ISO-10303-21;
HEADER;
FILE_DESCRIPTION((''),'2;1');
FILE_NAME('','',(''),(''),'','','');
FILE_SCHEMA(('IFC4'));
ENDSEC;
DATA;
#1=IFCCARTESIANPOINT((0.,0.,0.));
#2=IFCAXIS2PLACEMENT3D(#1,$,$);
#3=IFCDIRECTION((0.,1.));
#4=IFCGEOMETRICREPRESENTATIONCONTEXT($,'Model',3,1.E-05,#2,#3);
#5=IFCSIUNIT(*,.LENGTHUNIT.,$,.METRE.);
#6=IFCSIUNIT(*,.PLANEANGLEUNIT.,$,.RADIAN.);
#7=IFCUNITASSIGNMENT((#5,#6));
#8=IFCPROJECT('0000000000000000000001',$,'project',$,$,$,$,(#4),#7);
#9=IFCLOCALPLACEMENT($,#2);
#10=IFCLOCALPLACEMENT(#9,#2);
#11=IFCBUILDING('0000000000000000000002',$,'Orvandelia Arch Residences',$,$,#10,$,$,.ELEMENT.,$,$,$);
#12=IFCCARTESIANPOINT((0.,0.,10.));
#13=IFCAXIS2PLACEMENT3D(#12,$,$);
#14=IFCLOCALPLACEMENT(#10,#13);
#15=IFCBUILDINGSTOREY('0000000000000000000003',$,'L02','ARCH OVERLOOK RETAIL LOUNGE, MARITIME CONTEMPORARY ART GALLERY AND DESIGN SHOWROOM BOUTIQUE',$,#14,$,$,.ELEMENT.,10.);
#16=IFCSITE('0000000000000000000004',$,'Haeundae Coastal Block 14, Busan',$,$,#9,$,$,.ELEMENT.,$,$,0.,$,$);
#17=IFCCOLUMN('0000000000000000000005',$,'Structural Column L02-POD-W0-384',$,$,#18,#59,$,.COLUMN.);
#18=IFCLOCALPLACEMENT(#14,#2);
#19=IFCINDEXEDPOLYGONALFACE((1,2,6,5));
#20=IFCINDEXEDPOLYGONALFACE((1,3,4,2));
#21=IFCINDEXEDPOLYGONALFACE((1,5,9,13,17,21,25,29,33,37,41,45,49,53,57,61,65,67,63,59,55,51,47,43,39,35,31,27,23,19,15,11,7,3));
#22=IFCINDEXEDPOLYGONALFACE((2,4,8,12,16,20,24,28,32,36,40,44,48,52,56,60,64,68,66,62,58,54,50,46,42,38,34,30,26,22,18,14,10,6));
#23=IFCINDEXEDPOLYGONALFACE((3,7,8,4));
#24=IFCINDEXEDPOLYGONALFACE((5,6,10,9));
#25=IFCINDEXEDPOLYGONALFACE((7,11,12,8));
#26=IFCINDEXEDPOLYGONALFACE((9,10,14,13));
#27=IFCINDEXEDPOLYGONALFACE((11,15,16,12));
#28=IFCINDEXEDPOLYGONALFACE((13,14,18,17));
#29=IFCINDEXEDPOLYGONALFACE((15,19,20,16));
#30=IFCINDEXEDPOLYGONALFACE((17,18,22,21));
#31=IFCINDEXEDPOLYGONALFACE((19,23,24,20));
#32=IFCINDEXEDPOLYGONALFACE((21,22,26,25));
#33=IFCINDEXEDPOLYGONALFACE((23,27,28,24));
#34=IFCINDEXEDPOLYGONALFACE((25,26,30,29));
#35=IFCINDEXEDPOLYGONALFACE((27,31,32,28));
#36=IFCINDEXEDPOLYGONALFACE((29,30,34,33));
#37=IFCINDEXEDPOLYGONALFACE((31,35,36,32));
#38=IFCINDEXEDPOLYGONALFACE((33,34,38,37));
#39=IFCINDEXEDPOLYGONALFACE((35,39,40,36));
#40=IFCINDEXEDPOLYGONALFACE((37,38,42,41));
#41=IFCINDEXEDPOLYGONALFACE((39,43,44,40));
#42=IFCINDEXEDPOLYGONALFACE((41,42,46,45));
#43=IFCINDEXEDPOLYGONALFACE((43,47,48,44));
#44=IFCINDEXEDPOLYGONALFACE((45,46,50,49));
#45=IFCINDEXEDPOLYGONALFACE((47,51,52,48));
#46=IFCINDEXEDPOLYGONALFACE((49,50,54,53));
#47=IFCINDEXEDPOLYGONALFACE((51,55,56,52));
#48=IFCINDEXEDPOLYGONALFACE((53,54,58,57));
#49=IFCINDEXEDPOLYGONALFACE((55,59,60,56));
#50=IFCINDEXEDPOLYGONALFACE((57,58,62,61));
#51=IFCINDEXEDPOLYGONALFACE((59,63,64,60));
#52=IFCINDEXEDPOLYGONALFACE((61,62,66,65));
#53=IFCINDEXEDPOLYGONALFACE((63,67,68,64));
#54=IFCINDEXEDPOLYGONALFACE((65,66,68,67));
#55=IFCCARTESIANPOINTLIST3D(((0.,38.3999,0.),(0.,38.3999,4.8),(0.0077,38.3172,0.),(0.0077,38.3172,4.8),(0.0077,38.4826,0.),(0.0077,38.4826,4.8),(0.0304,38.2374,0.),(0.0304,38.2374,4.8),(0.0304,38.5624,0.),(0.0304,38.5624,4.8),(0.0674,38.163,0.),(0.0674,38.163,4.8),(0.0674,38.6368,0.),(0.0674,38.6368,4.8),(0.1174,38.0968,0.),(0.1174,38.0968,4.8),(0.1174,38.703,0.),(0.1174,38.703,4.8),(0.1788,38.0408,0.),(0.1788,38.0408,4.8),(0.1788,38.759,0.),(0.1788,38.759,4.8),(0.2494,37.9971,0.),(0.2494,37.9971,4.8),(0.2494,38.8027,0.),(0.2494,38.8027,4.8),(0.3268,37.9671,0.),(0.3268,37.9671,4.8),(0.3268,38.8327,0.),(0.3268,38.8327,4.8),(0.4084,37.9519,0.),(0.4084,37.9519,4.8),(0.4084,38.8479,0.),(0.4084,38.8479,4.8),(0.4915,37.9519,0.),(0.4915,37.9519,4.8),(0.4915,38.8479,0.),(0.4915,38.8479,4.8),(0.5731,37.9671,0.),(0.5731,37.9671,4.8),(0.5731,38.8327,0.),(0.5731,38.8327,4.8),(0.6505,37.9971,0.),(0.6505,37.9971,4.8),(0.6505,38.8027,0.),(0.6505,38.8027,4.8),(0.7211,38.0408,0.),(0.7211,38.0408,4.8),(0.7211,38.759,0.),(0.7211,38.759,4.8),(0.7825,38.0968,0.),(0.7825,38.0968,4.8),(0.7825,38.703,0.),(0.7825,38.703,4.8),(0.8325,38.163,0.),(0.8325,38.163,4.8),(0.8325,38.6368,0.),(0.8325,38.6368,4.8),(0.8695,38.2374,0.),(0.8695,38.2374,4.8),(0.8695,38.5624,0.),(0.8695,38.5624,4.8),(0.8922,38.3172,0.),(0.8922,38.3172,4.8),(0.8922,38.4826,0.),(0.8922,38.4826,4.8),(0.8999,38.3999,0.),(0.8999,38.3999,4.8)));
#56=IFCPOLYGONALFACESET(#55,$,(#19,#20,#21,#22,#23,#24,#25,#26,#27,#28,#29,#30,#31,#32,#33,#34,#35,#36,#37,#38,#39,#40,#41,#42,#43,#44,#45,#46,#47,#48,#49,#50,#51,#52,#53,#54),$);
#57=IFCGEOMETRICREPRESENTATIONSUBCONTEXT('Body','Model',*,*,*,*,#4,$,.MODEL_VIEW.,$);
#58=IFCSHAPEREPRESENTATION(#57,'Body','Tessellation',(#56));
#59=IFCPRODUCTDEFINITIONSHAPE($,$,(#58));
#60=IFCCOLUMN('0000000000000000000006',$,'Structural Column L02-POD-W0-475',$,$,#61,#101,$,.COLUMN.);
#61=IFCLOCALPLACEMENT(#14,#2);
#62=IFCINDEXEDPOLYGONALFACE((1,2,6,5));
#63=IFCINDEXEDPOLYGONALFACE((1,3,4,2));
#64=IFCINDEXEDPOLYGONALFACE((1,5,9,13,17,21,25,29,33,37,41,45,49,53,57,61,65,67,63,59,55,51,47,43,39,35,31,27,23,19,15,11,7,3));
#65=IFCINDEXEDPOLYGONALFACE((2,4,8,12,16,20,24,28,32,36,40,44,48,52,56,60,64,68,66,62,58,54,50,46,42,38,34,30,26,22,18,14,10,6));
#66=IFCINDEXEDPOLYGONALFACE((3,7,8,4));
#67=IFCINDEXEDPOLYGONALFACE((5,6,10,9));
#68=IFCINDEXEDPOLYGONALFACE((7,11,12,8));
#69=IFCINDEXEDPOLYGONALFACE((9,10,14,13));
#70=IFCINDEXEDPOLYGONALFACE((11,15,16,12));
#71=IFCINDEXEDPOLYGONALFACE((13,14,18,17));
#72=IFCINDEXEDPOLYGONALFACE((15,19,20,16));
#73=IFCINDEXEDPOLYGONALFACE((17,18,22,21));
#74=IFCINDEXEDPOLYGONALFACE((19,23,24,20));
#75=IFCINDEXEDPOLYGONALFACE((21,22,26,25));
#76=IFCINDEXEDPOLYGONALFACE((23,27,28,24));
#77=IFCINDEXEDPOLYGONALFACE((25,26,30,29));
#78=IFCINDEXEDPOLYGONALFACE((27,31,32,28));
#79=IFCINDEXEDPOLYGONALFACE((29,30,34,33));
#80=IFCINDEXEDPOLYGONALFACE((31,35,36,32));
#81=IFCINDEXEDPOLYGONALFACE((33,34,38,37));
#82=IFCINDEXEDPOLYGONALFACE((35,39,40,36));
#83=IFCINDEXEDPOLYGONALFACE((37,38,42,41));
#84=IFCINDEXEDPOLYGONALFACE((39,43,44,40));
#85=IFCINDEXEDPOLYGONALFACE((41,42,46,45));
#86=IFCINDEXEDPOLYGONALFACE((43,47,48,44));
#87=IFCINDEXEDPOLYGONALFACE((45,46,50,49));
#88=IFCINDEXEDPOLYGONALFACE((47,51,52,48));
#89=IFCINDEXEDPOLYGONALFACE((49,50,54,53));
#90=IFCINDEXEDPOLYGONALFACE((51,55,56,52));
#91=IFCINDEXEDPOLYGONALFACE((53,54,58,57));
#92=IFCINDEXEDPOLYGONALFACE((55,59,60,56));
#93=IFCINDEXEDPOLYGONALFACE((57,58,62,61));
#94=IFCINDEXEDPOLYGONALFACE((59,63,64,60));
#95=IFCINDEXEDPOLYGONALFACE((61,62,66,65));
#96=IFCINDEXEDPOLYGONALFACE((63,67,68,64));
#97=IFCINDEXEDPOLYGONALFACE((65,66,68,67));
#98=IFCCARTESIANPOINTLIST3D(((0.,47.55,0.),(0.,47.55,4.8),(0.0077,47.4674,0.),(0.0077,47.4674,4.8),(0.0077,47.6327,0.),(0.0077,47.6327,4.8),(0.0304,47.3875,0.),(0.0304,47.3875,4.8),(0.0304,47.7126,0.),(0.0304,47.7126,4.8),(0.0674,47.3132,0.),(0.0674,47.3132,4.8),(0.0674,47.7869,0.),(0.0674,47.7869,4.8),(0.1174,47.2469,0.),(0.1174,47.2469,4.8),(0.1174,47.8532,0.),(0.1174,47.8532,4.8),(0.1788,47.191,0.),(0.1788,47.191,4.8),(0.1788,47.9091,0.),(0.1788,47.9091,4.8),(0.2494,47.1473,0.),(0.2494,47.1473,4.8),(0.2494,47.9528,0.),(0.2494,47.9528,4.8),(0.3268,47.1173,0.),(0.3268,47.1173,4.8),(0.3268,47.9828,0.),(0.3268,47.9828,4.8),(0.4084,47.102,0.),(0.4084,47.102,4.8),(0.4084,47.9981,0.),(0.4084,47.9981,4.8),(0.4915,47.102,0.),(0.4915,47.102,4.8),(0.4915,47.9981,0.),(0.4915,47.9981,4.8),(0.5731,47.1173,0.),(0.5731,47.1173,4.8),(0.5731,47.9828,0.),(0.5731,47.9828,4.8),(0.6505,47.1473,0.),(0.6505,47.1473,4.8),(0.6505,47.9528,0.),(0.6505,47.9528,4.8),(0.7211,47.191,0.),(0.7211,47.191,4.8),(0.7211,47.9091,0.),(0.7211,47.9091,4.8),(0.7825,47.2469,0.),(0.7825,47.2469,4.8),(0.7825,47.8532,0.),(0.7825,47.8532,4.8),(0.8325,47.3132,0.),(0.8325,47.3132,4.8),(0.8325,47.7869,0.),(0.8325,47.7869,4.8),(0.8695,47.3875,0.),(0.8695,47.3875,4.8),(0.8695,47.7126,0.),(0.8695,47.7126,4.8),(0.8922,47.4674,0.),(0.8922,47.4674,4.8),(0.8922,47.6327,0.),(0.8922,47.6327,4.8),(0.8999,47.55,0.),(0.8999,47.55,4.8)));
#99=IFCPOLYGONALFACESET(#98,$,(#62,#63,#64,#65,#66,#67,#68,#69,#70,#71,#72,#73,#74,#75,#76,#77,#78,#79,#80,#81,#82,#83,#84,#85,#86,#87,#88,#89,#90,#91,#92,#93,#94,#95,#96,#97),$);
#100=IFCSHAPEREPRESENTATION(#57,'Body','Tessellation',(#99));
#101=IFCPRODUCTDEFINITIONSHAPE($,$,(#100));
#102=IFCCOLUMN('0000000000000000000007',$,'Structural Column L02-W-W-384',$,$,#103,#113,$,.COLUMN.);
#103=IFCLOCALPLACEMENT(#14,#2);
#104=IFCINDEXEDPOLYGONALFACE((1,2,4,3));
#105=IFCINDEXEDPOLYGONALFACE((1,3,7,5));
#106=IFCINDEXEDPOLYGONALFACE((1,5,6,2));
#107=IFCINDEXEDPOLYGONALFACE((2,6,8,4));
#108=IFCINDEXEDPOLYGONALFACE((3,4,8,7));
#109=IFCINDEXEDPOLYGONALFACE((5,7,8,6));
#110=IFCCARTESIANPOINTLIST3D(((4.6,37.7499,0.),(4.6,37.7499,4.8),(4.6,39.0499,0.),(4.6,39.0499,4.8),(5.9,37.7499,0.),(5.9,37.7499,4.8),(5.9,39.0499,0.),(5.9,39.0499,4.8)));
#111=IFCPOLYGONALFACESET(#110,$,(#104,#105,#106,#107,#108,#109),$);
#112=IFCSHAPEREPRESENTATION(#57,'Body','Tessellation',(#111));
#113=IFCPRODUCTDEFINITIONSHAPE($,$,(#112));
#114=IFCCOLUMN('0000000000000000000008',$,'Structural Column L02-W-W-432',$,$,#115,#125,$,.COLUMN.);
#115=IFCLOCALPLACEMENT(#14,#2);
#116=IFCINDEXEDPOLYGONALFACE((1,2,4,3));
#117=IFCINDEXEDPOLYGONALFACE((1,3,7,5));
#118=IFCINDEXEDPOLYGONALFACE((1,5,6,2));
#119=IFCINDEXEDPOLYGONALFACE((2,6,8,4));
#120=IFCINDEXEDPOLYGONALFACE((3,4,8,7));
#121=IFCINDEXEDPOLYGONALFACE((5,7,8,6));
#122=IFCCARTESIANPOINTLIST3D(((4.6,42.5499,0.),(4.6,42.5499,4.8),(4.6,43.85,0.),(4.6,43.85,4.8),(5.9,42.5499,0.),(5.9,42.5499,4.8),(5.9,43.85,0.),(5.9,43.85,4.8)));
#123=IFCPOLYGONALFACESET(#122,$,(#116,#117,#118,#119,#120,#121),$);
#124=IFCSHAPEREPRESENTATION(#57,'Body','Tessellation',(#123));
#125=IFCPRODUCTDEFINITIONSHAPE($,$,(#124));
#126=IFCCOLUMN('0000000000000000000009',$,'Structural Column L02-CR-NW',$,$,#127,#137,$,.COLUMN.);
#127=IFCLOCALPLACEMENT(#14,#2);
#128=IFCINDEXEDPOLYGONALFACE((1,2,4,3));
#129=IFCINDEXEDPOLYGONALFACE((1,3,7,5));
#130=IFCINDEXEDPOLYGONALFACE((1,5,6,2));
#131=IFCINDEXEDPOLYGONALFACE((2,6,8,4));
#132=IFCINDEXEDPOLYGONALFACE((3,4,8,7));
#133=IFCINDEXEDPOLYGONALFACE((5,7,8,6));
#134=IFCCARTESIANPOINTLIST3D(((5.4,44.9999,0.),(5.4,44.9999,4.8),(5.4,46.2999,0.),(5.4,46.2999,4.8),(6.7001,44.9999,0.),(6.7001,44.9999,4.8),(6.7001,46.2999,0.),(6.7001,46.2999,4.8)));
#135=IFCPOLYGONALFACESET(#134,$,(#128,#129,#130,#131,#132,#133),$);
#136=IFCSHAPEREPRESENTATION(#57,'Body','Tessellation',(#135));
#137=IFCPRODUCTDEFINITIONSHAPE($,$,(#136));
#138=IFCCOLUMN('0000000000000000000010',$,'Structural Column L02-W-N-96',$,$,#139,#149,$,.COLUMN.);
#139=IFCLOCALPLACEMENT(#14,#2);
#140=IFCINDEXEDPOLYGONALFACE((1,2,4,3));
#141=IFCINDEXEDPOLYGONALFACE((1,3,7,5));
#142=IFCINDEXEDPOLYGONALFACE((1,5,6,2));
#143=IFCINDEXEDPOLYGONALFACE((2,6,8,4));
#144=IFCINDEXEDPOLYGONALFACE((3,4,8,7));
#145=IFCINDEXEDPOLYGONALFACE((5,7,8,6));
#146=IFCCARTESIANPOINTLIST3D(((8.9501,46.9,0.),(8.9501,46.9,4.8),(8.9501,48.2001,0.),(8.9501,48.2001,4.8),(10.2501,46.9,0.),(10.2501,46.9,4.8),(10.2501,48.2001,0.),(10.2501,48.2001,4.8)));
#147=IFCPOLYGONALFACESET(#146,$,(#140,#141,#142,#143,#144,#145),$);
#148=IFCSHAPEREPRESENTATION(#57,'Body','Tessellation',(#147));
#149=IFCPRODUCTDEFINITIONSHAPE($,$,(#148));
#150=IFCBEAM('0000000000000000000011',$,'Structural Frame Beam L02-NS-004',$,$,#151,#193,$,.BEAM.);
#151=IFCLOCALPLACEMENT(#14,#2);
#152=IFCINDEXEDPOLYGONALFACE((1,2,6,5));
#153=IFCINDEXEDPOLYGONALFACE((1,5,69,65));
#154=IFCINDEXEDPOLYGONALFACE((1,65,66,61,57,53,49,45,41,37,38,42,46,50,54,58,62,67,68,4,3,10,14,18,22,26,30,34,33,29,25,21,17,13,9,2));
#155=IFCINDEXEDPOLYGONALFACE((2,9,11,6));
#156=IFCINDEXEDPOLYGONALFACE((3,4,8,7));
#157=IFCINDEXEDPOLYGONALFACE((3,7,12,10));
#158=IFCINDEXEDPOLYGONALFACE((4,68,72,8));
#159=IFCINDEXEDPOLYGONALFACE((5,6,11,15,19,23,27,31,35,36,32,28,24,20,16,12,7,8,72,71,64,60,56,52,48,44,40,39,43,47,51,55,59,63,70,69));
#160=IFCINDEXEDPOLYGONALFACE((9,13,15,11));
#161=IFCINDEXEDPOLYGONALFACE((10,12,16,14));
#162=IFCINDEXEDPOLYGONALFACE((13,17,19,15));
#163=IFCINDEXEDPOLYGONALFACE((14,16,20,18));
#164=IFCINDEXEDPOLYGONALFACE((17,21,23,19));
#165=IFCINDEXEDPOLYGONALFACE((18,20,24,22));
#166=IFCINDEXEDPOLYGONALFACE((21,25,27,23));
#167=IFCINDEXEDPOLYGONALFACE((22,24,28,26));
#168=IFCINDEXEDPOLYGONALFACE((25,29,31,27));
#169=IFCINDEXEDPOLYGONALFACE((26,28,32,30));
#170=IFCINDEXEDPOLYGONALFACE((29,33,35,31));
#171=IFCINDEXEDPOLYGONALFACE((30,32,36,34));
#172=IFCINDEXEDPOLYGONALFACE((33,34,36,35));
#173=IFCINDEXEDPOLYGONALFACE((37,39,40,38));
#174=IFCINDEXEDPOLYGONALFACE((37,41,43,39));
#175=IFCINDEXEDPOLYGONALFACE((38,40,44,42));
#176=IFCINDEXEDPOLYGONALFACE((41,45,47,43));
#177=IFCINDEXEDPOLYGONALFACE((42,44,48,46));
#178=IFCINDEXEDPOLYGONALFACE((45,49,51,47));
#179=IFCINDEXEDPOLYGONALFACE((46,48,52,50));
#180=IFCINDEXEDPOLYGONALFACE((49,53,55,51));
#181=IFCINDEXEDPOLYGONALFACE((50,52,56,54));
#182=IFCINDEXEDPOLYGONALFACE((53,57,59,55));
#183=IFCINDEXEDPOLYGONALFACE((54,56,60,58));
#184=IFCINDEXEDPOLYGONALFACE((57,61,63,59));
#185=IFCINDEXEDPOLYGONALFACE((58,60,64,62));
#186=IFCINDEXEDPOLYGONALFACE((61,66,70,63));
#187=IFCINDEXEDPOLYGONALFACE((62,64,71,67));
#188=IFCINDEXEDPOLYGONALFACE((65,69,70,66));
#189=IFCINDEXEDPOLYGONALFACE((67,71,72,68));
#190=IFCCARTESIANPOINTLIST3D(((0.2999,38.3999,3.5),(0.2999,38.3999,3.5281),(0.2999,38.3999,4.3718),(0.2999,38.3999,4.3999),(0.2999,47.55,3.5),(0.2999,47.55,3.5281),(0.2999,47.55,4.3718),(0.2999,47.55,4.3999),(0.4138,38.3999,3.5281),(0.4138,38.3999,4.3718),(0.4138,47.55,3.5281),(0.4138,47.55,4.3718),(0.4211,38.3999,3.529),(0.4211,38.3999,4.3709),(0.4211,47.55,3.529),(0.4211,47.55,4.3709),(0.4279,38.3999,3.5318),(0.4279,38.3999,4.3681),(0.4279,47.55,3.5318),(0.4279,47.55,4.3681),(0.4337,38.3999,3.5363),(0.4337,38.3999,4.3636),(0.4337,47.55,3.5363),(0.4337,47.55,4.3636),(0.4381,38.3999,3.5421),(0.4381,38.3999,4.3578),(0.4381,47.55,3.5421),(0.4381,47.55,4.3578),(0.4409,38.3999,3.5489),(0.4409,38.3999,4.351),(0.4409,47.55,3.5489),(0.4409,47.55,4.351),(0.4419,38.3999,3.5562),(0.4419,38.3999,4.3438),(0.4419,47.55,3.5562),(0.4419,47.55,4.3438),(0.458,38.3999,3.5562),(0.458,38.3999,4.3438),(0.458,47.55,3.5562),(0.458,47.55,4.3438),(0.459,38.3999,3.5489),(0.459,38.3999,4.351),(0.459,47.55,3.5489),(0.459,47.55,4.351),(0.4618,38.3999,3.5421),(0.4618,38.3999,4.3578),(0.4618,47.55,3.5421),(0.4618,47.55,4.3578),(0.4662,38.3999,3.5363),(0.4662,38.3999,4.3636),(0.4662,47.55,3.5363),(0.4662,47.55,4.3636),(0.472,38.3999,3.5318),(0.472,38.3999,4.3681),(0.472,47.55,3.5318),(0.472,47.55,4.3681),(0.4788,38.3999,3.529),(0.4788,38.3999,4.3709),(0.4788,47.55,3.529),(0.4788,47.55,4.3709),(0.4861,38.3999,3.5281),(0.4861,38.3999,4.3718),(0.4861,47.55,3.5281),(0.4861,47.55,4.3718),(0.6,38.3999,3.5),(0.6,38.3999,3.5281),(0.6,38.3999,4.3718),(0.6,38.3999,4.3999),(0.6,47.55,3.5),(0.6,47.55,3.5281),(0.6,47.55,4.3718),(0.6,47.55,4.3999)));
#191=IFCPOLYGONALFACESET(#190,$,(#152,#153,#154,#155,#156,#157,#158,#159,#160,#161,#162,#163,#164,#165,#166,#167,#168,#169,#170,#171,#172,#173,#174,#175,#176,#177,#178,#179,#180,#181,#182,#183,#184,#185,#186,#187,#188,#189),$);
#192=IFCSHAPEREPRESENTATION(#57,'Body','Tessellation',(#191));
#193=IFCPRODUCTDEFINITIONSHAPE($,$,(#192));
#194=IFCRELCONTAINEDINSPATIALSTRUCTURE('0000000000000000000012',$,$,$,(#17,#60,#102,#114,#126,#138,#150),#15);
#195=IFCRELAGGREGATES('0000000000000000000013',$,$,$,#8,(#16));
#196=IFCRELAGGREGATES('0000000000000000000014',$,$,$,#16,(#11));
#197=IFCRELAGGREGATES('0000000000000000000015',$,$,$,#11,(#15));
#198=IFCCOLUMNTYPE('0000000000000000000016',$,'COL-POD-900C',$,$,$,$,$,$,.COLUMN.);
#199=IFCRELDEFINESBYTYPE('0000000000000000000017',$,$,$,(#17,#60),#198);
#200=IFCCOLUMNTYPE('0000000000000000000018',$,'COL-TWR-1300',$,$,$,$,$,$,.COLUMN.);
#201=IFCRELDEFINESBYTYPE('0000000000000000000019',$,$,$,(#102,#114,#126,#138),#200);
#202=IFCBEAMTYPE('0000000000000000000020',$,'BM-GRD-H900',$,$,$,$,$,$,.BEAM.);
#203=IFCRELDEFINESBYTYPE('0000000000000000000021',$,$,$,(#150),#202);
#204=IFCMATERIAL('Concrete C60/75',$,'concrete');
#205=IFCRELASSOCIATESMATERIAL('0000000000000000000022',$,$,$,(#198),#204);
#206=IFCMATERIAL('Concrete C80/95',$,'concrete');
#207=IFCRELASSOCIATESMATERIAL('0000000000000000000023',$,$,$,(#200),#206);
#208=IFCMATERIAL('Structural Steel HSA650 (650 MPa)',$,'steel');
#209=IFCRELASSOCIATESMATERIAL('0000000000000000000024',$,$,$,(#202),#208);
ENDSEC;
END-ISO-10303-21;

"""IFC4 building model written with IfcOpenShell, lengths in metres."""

from ifc_helpers import new_model, si_unit, direction, frame, origin, origin_2d, place, context, subcontext, project, spatial, rectangle, circle, i_section, extrude, material, material_profile, profile_set, type_object, element, save


model = new_model("IFC4")

# Units and contexts
model_context = context("Model", 3, precision=1e-05, world=origin(), true_north=direction((0.0, 1.0)))
body_context = subcontext(model_context, "Body", "Model", "MODEL_VIEW")
ifc_project = project(units=[si_unit("LENGTHUNIT", "METRE"), si_unit("PLANEANGLEUNIT", "RADIAN")], contexts=[model_context])

# Site, building, storey
site_placement = place(None, origin())
site = spatial("IfcSite", under=ifc_project, at=site_placement, Name="Haeundae Coastal Block 14, Busan", CompositionType="ELEMENT", RefElevation=0.0)
building_placement = place(site_placement, origin())
building = spatial("IfcBuilding", under=site, at=building_placement, Name="Orvandelia Arch Residences", CompositionType="ELEMENT")
storey_placement = place(building_placement, frame((0.0, 0.0, 10.0)))
storey = spatial("IfcBuildingStorey", under=building, at=storey_placement, Name="L02", Description="ARCH OVERLOOK RETAIL LOUNGE, MARITIME CONTEMPORARY ART GALLERY AND DESIGN SHOWROOM BOUTIQUE", CompositionType="ELEMENT", Elevation=10.0)

# Columns
ifc_material_1 = material(Name="Concrete C60/75", Category="concrete")
ifc_material_profile_1 = material_profile(ifc_material_1, circle(Radius=0.45, at=origin_2d()), Name="Concrete C60/75", Category="concrete")
ifc_profile_set_1 = profile_set([ifc_material_profile_1], Name="Concrete C60/75")
column_type_1 = type_object("IfcColumnType", Name="COL-POD-900C", PredefinedType="COLUMN", material=ifc_profile_set_1)
for number, where, z_axis, x_axis, name in (
    (1, (0.45, 38.3999, 0.0), (0.0, 0.0, 1.0), (1.0, 0.0, 0.0), "Structural Column L02-POD-W0-384"),
    (2, (0.45, 47.55, 0.0), (0.0, 0.0, 1.0), (1.0, 0.0, 0.0), "Structural Column L02-POD-W0-475"),
):
    element("IfcColumn", number, at=place(storey_placement, frame(where, z_axis=z_axis, x_axis=x_axis)), inside=storey, type_object=column_type_1, Name=name, PredefinedType="COLUMN", context=body_context, shape_type="SweptSolid", body=[
        extrude(circle(Radius=0.45, at=origin_2d()), origin(), (0.0, 0.0, 1.0), 4.8),
    ])
ifc_material_2 = material(Name="Concrete C80/95", Category="concrete")
ifc_material_profile_2 = material_profile(ifc_material_2, rectangle(XDim=1.3, YDim=1.3, at=origin_2d()), Name="Concrete C80/95", Category="concrete")
ifc_profile_set_2 = profile_set([ifc_material_profile_2], Name="Concrete C80/95")
column_type_2 = type_object("IfcColumnType", Name="COL-TWR-1300", PredefinedType="COLUMN", material=ifc_profile_set_2)
for number, where, z_axis, x_axis, name in (
    (3, (5.25, 38.3999, 0.0), (0.0, 0.0, 1.0), (1.0, 0.0, 0.0), "Structural Column L02-W-W-384"),
    (4, (5.25, 43.2, 0.0), (0.0, 0.0, 1.0), (1.0, 0.0, 0.0), "Structural Column L02-W-W-432"),
    (5, (6.05, 45.6499, 0.0), (0.0, 0.0, 1.0), (1.0, 0.0, 0.0), "Structural Column L02-CR-NW"),
    (6, (9.6001, 47.55, 0.0), (0.0, 0.0, 1.0), (1.0, 0.0, 0.0), "Structural Column L02-W-N-96"),
):
    element("IfcColumn", number, at=place(storey_placement, frame(where, z_axis=z_axis, x_axis=x_axis)), inside=storey, type_object=column_type_2, Name=name, PredefinedType="COLUMN", context=body_context, shape_type="SweptSolid", body=[
        extrude(rectangle(XDim=1.3, YDim=1.3, at=origin_2d()), origin(), (0.0, 0.0, 1.0), 4.8),
    ])

# Beam
ifc_material_3 = material(Name="Structural Steel HSA650 (650 MPa)", Category="steel")
ifc_material_profile_3 = material_profile(ifc_material_3, i_section(OverallWidth=0.3, OverallDepth=0.8999, WebThickness=0.0161, FlangeThickness=0.0281, FilletRadius=0.0281, at=origin_2d()), Name="Structural Steel HSA650 (650 MPa)", Category="steel")
ifc_profile_set_3 = profile_set([ifc_material_profile_3], Name="Structural Steel HSA650 (650 MPa)")
beam_type = type_object("IfcBeamType", Name="BM-GRD-H900", PredefinedType="BEAM", material=ifc_profile_set_3)
beam_1_placement = place(storey_placement, frame((0.45, 38.3999, 3.95), z_axis=(0.0, 1.0, 0.0), x_axis=(-1.0, 0.0, 0.0)))
element("IfcBeam", 7, at=beam_1_placement, inside=storey, type_object=beam_type, Name="Structural Frame Beam L02-NS-004", PredefinedType="BEAM", context=body_context, shape_type="SweptSolid", body=[
    extrude(i_section(OverallWidth=0.3, OverallDepth=0.8999, WebThickness=0.0161, FlangeThickness=0.0281, FilletRadius=0.0281, at=origin_2d()), origin(), (0.0, 0.0, 1.0), 9.1501),
])

save(model, "model.ifc")
